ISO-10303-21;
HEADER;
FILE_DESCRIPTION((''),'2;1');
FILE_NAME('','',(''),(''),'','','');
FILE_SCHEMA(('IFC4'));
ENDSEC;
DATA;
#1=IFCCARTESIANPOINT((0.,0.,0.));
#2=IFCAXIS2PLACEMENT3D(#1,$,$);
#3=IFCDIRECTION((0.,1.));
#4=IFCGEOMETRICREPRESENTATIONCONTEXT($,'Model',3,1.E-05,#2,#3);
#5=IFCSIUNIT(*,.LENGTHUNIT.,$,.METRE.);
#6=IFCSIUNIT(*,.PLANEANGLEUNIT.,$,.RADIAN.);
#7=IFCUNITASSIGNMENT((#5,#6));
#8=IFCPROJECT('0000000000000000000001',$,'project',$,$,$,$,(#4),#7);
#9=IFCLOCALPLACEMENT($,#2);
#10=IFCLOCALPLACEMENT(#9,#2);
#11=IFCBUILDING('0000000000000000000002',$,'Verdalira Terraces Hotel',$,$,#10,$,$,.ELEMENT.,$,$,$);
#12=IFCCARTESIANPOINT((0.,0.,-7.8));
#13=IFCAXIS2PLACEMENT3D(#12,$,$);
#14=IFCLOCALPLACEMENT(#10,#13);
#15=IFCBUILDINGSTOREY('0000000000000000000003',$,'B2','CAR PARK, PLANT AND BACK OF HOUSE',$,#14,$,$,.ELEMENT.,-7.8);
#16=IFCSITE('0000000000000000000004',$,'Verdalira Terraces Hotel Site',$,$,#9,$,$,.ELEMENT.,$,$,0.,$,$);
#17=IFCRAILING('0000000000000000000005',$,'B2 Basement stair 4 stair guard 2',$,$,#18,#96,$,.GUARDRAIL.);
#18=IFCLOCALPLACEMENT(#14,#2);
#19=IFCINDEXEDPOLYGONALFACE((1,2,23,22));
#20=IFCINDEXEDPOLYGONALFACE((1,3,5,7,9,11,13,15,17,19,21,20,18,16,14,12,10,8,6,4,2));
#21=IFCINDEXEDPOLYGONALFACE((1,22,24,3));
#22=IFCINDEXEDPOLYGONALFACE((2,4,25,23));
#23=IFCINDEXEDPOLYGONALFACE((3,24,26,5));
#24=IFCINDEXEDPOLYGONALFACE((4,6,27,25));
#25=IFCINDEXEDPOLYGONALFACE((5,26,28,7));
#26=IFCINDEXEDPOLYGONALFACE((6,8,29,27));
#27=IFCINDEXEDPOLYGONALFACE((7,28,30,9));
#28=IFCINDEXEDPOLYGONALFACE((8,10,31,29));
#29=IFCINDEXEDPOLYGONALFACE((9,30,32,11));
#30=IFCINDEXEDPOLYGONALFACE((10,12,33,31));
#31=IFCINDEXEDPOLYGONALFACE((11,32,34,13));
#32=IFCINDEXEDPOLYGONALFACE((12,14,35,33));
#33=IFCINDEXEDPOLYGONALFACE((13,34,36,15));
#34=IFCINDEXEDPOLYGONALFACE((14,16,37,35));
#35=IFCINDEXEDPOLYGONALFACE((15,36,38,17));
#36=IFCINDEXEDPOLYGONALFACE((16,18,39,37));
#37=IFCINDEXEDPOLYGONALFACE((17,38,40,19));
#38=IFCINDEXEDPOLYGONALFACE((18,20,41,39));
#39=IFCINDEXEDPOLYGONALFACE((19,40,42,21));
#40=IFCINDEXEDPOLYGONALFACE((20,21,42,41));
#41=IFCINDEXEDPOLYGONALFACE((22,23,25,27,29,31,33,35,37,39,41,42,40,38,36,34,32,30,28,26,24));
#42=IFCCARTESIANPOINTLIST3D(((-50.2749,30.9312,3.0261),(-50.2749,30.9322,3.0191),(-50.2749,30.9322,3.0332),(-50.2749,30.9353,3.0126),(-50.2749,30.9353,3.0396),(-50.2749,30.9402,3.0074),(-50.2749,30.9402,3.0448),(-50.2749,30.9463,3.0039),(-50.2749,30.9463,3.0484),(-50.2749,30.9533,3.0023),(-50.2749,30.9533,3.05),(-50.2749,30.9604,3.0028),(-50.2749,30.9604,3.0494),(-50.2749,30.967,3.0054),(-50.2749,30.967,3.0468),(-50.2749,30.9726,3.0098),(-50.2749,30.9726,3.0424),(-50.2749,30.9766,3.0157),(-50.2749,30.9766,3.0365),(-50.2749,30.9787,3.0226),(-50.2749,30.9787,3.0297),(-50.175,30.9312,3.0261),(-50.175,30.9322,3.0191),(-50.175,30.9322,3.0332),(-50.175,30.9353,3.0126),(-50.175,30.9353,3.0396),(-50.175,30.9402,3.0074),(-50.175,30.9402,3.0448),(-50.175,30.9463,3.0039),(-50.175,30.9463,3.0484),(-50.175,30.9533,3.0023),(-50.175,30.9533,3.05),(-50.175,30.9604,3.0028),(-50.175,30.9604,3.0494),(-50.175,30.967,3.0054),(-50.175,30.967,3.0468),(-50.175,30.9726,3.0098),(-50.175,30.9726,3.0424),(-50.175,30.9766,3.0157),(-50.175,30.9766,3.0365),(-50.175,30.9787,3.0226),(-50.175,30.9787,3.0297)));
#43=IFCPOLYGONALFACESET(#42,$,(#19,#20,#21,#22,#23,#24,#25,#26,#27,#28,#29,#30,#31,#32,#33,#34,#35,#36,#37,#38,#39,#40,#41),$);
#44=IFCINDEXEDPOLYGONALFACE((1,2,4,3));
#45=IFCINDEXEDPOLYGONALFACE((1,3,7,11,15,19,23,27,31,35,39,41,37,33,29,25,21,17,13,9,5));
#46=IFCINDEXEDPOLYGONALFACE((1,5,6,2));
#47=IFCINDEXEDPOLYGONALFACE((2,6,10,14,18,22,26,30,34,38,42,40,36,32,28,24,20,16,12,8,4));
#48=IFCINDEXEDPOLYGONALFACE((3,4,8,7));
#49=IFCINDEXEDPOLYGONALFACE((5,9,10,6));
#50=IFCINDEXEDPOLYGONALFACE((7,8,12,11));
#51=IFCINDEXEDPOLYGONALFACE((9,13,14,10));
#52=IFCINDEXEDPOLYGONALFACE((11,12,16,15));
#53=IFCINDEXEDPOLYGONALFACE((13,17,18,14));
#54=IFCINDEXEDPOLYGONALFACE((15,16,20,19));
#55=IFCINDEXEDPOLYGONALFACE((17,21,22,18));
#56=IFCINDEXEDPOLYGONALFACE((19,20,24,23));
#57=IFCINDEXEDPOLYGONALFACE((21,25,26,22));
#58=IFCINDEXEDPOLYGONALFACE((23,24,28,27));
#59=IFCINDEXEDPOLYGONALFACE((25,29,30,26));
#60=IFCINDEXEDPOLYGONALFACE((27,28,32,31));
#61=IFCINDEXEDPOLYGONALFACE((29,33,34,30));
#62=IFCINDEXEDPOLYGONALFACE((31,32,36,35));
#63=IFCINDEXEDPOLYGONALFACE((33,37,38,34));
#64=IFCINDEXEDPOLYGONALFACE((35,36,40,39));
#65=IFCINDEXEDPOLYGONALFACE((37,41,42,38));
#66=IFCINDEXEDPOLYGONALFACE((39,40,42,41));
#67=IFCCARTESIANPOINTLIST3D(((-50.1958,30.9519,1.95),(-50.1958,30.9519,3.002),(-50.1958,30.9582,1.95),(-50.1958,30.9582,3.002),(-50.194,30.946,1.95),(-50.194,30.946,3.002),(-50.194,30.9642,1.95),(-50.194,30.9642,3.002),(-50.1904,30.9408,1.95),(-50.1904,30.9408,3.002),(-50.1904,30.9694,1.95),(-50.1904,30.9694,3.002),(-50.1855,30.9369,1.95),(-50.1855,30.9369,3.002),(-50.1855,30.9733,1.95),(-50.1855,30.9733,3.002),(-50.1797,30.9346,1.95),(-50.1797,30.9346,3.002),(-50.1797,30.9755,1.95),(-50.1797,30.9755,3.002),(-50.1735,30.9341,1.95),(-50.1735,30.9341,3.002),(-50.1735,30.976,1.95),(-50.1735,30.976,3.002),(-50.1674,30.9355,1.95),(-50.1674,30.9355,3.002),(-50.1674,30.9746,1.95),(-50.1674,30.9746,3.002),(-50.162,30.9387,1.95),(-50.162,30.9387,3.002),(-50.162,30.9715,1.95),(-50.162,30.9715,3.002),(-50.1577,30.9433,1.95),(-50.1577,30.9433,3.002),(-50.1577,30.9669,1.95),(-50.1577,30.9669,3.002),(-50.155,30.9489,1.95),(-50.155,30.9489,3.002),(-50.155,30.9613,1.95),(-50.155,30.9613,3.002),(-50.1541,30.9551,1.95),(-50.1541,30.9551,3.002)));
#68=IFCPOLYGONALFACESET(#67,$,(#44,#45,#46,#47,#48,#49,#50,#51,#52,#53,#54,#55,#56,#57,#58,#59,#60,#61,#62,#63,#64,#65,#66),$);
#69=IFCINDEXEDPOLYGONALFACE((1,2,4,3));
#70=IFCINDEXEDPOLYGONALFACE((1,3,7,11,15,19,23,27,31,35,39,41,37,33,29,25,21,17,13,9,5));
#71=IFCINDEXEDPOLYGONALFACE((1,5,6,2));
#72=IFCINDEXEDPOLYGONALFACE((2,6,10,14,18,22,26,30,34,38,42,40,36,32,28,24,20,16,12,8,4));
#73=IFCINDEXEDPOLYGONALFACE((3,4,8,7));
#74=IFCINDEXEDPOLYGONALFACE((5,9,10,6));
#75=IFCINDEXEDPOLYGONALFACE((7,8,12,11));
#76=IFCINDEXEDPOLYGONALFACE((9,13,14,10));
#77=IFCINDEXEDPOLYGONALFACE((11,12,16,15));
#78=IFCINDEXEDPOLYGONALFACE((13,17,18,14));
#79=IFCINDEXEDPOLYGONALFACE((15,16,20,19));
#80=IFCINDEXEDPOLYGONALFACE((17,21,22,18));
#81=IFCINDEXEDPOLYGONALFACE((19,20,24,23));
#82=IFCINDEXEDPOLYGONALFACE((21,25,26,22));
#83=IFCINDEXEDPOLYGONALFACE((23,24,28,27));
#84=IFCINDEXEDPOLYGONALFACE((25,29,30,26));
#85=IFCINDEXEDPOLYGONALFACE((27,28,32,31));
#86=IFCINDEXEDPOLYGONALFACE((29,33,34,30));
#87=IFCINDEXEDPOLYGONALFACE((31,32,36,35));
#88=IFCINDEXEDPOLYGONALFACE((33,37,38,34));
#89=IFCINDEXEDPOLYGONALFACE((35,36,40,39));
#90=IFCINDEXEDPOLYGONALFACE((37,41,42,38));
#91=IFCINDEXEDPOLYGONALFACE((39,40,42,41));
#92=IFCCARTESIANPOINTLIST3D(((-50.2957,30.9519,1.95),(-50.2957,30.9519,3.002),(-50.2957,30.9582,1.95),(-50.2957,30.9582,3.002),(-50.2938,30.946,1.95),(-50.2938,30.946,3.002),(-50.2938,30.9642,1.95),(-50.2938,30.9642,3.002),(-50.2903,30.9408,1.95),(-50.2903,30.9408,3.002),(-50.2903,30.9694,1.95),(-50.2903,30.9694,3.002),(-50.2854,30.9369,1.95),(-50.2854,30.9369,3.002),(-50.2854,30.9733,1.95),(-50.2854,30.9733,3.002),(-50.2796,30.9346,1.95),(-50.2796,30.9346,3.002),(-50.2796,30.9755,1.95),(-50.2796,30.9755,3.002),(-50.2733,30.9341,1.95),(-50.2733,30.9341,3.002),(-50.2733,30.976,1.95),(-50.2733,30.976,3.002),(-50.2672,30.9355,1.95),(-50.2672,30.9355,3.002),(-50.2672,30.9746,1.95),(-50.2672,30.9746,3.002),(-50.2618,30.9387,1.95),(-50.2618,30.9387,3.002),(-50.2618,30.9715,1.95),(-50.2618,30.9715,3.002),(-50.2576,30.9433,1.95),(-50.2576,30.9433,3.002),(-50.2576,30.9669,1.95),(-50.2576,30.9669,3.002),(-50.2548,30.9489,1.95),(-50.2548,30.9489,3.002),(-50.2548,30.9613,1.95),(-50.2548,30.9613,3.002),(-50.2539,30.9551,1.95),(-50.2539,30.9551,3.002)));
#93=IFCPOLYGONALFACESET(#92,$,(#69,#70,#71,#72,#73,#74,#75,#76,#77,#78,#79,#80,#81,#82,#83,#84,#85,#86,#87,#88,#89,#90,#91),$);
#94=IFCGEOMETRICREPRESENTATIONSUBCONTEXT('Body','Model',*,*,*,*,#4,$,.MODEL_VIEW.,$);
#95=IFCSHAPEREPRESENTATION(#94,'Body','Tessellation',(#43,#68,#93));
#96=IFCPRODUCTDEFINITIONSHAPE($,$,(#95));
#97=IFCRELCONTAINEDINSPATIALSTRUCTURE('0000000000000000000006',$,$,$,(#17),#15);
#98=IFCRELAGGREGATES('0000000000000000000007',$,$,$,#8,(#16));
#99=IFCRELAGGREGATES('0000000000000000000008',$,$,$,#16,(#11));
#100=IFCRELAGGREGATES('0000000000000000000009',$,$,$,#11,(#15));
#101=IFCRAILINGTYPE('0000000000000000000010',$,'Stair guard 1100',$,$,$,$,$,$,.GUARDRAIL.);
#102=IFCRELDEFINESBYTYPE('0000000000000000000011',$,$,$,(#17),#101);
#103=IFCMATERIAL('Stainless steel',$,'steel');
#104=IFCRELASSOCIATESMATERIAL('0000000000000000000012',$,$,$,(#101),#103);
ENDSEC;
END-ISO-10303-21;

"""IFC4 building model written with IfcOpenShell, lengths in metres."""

from ifc_helpers import new_model, si_unit, direction, frame, origin, origin_2d, place, context, subcontext, project, spatial, circle, extrude, material, type_object, element, save


model = new_model("IFC4")

# Units and contexts
model_context = context("Model", 3, precision=1e-05, world=origin(), true_north=direction((0.0, 1.0)))
body_context = subcontext(model_context, "Body", "Model", "MODEL_VIEW")
ifc_project = project(units=[si_unit("LENGTHUNIT", "METRE"), si_unit("PLANEANGLEUNIT", "RADIAN")], contexts=[model_context])

# Site, building, storey
site_placement = place(None, origin())
site = spatial("IfcSite", under=ifc_project, at=site_placement, Name="Verdalira Terraces Hotel Site", CompositionType="ELEMENT", RefElevation=0.0)
building_placement = place(site_placement, origin())
building = spatial("IfcBuilding", under=site, at=building_placement, Name="Verdalira Terraces Hotel", CompositionType="ELEMENT")
storey_placement = place(building_placement, frame((0.0, 0.0, -7.8)))
storey = spatial("IfcBuildingStorey", under=building, at=storey_placement, Name="B2", Description="CAR PARK, PLANT AND BACK OF HOUSE", CompositionType="ELEMENT", Elevation=-7.8)

# Railing
ifc_material_1 = material(Name="Stainless steel", Category="steel")
railing_type_1 = type_object("IfcRailingType", Name="Stair guard 1100", PredefinedType="GUARDRAIL", material=ifc_material_1)
railing_1_placement = place(storey_placement, frame((-50.175, 30.9551, 1.95)))
element("IfcRailing", 1, at=railing_1_placement, inside=storey, type_object=railing_type_1, Name="B2 Basement stair 4 stair guard 2", PredefinedType="GUARDRAIL", context=body_context, shape_type="SweptSolid", body=[
    extrude(circle(Radius=0.0239, at=origin_2d()), frame((0.0, 0.0, 1.0762), z_axis=(-1.0, 0.0, 0.0), x_axis=(0.0, -1.0, 0.0)), (0.0, 0.0, 1.0), 0.0999),
    extrude(circle(Radius=0.021, at=origin_2d()), origin(), (0.0, 0.0, 1.0), 1.052),
    extrude(circle(Radius=0.021, at=origin_2d()), frame((-0.0999, 0.0, 0.0)), (0.0, 0.0, 1.0), 1.052),
])

save(model, "model.ifc")
